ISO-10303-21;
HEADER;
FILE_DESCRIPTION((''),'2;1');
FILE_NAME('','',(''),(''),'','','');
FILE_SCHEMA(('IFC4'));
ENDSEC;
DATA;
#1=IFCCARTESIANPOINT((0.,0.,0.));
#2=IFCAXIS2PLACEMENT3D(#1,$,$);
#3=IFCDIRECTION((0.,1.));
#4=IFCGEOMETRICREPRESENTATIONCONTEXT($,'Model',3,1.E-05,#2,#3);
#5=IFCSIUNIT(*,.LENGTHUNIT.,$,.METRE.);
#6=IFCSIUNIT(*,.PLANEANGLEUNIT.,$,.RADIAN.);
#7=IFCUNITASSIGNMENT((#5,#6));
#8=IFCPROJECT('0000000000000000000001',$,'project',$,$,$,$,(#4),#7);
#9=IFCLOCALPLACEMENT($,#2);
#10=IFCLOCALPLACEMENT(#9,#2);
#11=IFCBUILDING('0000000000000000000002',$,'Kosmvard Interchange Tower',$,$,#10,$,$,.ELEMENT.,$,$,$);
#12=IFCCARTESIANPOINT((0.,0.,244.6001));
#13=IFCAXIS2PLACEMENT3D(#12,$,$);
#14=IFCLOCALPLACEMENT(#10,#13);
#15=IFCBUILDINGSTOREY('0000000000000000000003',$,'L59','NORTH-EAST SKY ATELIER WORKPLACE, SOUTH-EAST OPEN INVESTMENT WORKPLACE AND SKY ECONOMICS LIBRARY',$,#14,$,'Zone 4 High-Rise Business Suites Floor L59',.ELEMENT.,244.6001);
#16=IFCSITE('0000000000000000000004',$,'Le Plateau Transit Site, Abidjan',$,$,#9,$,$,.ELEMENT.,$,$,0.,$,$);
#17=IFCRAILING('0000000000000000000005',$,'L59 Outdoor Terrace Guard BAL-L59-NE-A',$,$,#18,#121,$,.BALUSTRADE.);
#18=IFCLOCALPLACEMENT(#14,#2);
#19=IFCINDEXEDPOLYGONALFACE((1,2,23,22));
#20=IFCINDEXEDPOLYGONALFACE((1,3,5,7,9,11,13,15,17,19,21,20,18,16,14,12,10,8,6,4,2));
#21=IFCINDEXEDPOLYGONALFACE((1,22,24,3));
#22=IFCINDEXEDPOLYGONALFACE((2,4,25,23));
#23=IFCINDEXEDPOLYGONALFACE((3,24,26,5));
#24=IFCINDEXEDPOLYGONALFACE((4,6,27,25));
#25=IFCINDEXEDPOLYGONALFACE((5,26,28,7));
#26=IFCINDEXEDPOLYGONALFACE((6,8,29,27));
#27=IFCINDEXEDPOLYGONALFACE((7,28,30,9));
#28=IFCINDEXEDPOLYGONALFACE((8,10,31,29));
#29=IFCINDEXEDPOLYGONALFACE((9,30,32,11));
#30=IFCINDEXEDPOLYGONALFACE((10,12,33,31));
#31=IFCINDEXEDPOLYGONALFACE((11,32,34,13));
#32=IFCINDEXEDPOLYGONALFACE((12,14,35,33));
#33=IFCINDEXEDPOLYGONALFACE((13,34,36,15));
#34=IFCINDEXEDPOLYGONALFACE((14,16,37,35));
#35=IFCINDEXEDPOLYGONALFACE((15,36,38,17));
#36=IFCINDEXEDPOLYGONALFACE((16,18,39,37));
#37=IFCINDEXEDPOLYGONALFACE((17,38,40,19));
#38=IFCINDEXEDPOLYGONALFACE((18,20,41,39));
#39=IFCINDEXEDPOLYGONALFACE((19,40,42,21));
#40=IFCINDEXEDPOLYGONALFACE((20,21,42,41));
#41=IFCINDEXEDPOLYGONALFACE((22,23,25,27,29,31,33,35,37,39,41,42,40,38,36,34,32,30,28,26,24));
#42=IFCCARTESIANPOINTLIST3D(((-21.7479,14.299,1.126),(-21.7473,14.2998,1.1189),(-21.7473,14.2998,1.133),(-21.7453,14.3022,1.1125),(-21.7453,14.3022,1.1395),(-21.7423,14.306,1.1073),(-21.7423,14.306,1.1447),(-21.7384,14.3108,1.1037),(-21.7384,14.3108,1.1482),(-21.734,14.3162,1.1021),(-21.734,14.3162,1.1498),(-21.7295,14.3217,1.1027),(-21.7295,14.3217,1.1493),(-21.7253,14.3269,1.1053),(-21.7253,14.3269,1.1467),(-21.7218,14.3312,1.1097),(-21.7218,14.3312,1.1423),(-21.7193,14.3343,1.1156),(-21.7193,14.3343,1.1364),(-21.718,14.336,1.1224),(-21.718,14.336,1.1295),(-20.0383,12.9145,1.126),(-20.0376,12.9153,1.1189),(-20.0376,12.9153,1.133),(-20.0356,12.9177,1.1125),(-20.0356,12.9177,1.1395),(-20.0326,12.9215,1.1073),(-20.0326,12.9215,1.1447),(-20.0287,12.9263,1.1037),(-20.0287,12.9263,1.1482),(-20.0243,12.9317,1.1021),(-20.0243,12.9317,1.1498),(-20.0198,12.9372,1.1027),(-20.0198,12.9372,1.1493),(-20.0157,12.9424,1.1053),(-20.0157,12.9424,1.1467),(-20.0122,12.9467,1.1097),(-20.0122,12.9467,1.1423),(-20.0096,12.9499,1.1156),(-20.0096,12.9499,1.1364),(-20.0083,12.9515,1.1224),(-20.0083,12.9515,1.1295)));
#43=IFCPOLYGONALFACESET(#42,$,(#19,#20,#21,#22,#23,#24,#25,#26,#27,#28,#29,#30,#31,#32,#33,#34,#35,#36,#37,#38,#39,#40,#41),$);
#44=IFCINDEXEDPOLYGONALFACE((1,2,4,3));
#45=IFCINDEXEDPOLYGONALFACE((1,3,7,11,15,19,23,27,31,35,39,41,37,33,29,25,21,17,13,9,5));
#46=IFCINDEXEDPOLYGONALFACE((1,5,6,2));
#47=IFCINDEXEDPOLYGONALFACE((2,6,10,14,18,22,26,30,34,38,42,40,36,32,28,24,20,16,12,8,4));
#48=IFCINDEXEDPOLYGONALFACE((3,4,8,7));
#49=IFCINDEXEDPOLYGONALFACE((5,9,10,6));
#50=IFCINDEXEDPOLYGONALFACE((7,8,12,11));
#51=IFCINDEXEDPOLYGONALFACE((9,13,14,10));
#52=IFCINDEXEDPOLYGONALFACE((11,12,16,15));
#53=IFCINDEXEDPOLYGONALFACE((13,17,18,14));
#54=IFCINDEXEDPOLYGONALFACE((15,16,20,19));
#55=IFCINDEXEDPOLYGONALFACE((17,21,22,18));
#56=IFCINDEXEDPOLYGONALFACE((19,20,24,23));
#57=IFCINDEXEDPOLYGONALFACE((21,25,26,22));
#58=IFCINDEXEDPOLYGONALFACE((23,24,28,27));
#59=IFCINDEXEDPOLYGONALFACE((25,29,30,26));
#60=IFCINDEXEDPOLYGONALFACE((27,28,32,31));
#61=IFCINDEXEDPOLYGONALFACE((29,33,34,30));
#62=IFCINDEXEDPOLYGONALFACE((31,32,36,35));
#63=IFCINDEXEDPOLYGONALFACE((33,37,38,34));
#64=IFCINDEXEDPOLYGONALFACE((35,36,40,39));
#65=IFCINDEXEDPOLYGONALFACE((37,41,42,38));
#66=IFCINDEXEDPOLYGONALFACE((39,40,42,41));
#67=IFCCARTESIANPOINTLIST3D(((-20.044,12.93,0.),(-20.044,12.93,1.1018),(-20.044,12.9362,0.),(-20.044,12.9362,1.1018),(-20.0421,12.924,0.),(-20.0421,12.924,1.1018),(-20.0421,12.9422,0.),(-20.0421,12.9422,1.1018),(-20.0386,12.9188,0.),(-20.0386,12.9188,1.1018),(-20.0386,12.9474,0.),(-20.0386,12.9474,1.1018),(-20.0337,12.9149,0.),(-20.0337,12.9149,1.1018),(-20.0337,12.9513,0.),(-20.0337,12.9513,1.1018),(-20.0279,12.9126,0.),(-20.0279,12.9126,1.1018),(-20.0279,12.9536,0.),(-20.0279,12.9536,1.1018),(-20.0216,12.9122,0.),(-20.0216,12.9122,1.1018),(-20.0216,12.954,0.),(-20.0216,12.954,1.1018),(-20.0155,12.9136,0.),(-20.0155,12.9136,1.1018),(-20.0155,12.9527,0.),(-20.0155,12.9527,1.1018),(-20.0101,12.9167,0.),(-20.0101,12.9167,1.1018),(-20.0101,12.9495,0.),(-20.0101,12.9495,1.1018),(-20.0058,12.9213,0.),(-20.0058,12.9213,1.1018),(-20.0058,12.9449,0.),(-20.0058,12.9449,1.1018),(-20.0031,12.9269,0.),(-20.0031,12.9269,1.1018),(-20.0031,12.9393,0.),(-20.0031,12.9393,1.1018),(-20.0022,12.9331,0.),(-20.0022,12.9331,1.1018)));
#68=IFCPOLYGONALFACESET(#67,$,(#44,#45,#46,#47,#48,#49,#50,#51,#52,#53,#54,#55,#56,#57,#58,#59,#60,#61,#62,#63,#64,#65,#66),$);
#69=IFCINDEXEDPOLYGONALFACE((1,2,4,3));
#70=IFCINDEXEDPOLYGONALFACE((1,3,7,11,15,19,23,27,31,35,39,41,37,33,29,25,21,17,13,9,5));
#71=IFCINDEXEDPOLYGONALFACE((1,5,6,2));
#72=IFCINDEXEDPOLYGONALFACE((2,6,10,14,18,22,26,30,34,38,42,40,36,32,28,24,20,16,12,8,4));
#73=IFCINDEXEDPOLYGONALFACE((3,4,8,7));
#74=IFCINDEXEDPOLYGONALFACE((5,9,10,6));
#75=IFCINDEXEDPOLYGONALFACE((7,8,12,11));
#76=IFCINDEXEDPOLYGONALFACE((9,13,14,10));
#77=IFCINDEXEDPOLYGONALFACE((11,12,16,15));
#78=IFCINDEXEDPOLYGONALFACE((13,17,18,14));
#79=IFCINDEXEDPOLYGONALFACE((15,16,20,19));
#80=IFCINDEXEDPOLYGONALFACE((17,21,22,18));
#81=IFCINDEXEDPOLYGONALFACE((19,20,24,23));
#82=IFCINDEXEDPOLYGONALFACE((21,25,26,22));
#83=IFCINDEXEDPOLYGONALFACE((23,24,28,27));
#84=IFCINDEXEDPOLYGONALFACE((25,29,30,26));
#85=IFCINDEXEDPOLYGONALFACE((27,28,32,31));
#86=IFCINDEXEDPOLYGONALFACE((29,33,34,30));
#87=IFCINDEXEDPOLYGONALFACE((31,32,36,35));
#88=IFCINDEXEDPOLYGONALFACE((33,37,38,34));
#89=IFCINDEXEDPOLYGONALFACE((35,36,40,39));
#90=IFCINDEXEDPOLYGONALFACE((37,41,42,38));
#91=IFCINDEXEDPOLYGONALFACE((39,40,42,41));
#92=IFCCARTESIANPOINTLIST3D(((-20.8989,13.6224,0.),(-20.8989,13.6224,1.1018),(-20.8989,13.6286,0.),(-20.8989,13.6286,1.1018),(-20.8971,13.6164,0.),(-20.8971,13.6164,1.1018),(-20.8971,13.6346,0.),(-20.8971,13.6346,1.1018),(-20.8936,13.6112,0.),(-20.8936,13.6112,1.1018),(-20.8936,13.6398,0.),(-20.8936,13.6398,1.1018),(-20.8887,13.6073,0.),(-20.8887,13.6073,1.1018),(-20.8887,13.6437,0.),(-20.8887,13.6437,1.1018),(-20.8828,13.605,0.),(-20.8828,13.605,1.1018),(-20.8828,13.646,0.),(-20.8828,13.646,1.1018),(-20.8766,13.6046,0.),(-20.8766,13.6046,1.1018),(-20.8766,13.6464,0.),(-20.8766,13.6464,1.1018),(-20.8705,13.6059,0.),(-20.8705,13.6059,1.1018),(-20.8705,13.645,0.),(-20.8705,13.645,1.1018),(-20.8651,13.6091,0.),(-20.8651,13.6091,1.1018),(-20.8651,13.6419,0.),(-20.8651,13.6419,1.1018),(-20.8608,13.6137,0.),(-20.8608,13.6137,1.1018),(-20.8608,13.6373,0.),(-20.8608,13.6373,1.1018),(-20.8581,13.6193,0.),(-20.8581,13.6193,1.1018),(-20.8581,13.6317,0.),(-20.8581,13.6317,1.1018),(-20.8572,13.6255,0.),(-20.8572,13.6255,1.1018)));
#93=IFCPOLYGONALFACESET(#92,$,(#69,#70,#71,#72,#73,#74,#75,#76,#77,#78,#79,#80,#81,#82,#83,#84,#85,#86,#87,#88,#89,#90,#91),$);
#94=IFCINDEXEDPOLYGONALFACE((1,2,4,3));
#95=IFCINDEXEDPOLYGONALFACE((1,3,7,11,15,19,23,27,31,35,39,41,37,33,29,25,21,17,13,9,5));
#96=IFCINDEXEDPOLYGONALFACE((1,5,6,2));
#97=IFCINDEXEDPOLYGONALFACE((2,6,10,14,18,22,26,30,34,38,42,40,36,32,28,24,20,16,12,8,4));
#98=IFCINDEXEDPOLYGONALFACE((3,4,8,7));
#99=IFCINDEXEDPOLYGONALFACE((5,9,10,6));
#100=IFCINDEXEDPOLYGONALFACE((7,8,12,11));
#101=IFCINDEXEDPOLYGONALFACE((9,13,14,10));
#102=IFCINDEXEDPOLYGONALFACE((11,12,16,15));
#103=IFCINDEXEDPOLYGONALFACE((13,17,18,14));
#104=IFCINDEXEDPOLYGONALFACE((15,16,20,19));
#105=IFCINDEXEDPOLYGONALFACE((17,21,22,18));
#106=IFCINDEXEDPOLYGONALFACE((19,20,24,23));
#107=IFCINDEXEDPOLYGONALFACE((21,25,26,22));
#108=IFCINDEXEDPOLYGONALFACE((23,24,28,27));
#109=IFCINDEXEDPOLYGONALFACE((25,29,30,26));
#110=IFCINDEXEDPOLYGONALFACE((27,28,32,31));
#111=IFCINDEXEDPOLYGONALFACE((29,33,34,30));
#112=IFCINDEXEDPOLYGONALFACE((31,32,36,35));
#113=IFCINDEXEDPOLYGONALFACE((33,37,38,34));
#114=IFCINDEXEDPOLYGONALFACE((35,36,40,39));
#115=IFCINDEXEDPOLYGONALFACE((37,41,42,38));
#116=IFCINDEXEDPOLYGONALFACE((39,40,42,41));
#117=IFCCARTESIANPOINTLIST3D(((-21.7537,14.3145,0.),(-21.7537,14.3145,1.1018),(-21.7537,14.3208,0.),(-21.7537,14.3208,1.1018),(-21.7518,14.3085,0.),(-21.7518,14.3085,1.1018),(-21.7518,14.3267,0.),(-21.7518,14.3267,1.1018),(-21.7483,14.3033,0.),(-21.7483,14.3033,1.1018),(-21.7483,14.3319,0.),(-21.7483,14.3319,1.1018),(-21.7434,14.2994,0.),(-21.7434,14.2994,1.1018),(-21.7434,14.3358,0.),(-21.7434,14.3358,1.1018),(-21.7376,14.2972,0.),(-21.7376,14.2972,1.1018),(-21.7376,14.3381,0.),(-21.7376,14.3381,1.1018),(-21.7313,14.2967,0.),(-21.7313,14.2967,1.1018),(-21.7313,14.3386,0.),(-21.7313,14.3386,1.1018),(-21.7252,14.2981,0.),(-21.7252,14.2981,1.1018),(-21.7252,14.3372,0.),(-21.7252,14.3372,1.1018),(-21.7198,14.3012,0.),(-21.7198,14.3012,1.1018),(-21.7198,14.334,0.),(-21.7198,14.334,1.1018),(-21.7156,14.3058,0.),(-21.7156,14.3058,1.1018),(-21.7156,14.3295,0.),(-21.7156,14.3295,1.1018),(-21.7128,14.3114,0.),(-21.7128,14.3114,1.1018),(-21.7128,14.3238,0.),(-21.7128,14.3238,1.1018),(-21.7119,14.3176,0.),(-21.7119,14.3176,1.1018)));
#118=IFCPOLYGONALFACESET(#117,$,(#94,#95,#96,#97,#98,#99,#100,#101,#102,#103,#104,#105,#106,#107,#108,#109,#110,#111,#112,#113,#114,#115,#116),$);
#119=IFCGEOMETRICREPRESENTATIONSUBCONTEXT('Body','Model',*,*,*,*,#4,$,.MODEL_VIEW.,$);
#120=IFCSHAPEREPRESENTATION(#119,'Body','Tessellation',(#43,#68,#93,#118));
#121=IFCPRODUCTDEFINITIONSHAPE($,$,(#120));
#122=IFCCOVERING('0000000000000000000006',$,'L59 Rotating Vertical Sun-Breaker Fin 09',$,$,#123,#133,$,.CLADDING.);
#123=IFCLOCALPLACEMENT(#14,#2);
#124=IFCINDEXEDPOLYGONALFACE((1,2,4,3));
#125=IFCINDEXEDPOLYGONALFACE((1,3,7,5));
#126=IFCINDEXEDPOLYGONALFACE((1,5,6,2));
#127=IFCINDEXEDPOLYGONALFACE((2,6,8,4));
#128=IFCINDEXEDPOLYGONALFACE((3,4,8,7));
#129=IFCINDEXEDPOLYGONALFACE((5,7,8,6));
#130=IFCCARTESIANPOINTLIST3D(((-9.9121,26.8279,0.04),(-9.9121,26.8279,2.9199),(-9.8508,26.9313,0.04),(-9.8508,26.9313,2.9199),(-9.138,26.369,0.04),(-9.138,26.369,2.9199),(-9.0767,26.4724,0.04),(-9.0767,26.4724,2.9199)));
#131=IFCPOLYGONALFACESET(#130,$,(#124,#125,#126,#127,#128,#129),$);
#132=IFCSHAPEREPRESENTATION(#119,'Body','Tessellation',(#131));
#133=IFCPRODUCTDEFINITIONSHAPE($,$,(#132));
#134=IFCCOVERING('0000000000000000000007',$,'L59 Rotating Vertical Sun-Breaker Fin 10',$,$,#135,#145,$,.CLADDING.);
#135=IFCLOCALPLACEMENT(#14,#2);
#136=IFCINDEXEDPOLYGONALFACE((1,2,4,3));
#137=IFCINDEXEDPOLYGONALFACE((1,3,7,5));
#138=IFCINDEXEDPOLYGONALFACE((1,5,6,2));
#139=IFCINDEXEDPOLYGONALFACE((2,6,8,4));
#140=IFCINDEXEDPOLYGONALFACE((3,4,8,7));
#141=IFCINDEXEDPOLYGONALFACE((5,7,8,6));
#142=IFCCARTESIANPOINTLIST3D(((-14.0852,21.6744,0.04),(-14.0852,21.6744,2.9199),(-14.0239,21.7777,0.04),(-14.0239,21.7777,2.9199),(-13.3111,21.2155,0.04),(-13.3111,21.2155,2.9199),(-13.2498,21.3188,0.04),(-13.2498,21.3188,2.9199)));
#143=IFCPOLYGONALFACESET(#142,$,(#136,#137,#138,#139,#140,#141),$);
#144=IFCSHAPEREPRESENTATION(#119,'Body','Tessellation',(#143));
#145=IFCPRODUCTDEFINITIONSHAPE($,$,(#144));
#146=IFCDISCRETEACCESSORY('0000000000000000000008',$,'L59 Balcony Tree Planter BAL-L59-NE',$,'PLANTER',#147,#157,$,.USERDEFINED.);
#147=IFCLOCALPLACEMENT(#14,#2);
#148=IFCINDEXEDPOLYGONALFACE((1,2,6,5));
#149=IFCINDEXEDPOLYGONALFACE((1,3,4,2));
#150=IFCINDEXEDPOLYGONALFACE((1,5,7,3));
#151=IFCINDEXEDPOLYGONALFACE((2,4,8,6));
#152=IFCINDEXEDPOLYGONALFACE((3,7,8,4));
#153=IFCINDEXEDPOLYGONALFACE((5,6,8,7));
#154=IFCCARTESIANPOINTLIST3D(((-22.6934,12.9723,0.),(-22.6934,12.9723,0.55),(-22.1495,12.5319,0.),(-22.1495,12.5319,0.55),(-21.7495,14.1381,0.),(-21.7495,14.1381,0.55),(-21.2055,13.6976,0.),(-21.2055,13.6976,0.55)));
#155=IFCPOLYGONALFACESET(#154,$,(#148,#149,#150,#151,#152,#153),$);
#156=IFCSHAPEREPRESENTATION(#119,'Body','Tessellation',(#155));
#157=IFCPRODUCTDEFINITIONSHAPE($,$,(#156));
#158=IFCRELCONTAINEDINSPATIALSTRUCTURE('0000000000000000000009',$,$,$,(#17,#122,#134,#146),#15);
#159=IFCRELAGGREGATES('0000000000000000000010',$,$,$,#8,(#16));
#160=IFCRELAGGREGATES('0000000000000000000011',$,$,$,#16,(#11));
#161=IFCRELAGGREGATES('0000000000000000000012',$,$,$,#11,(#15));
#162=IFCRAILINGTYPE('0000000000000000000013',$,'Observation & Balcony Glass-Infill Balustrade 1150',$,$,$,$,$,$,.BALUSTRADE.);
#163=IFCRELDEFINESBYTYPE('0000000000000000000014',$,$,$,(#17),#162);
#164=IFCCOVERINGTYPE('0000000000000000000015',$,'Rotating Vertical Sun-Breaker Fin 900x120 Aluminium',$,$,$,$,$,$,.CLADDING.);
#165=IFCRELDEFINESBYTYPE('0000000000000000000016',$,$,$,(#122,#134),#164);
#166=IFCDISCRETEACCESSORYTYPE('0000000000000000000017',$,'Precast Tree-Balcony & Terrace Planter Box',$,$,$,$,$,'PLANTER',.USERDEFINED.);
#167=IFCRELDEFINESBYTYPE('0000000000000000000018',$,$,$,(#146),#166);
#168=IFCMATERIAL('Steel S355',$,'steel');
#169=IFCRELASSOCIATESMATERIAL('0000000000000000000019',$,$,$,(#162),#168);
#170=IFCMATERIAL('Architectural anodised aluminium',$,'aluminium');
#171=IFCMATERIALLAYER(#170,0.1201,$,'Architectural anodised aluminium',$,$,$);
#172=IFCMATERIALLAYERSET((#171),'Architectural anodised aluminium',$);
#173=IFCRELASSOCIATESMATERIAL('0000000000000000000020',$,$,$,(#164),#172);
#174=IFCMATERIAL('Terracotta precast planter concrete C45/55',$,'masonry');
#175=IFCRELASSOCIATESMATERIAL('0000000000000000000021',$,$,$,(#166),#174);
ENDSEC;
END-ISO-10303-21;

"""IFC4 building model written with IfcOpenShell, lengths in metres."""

from ifc_helpers import new_model, si_unit, direction, frame, origin, origin_2d, place, context, subcontext, project, spatial, rectangle, circle, extrude, source, transform, mapped, material, layer, layer_set, type_object, element, save


model = new_model("IFC4")

# Units and contexts
model_context = context("Model", 3, precision=1e-05, world=origin(), true_north=direction((0.0, 1.0)))
body_context = subcontext(model_context, "Body", "Model", "MODEL_VIEW")
ifc_project = project(units=[si_unit("LENGTHUNIT", "METRE"), si_unit("PLANEANGLEUNIT", "RADIAN")], contexts=[model_context])

# Site, building, storey
site_placement = place(None, origin())
site = spatial("IfcSite", under=ifc_project, at=site_placement, Name="Le Plateau Transit Site, Abidjan", CompositionType="ELEMENT", RefElevation=0.0)
building_placement = place(site_placement, origin())
building = spatial("IfcBuilding", under=site, at=building_placement, Name="Kosmvard Interchange Tower", CompositionType="ELEMENT")
storey_placement = place(building_placement, frame((0.0, 0.0, 244.6001)))
storey = spatial("IfcBuildingStorey", under=building, at=storey_placement, Name="L59", Description="NORTH-EAST SKY ATELIER WORKPLACE, SOUTH-EAST OPEN INVESTMENT WORKPLACE AND SKY ECONOMICS LIBRARY", LongName="Zone 4 High-Rise Business Suites Floor L59", CompositionType="ELEMENT", Elevation=244.6001)

# Shared definitions
ifc_material_1 = material(Name="Steel S355", Category="steel")

# Railing
railing_type = type_object("IfcRailingType", Name="Observation & Balcony Glass-Infill Balustrade 1150", PredefinedType="BALUSTRADE", material=ifc_material_1)
shared_shape_1 = source(origin(), body_context, "Body", "SweptSolid", [
    extrude(circle(Radius=0.0239, at=origin_2d()), frame((0.0, 0.0, 1.126), z_axis=(-0.777141, 0.629326, 0.0), x_axis=(-0.629326, -0.777141, 0.0)), (0.0, 0.0, 1.0), 2.2),
    extrude(circle(Radius=0.021, at=origin_2d()), origin(), (0.0, 0.0, 1.0), 1.1018),
    extrude(circle(Radius=0.021, at=origin_2d()), frame((-0.855, 0.6924, 0.0)), (0.0, 0.0, 1.0), 1.1018),
    extrude(circle(Radius=0.021, at=origin_2d()), frame((-1.7097, 1.3845, 0.0)), (0.0, 0.0, 1.0), 1.1018),
])
railing_1_placement = place(storey_placement, frame((-20.0232, 12.9331, 0.0)))
element("IfcRailing", 1, at=railing_1_placement, inside=storey, type_object=railing_type, Name="L59 Outdoor Terrace Guard BAL-L59-NE-A", PredefinedType="BALUSTRADE", context=body_context, shape_type="MappedRepresentation", body=[
    mapped(shared_shape_1, transform((0.0, 0.0, 0.0), scale=1.0)),
])

# Coverings
ifc_material_2 = material(Name="Architectural anodised aluminium", Category="aluminium")
ifc_layer_1 = layer(ifc_material_2, 0.1201, Name="Architectural anodised aluminium")
ifc_layer_set_1 = layer_set([ifc_layer_1], Name="Architectural anodised aluminium")
covering_type = type_object("IfcCoveringType", Name="Rotating Vertical Sun-Breaker Fin 900x120 Aluminium", PredefinedType="CLADDING", material=ifc_layer_set_1)
shared_shape_2 = source(origin(), body_context, "Body", "SweptSolid", [
    extrude(rectangle(XDim=0.8999, YDim=0.1201, at=origin_2d()), origin(), (0.0, 0.0, 1.0), 2.8799),
])
for number, where, z_axis, x_axis, name in (
    (2, (-9.4944, 26.6501, 0.04), (0.0, 0.0, 1.0), (-0.860208, 0.509943, 0.0), "L59 Rotating Vertical Sun-Breaker Fin 09"),
    (3, (-13.6675, 21.4966, 0.04), (0.0, 0.0, 1.0), (-0.860208, 0.509943, 0.0), "L59 Rotating Vertical Sun-Breaker Fin 10"),
):
    element("IfcCovering", number, at=place(storey_placement, frame(where, z_axis=z_axis, x_axis=x_axis)), inside=storey, type_object=covering_type, Name=name, PredefinedType="CLADDING", context=body_context, shape_type="MappedRepresentation", body=[
        mapped(shared_shape_2, transform((0.0, 0.0, 0.0), scale=1.0)),
    ])

# Discrete accessory
ifc_material_3 = material(Name="Terracotta precast planter concrete C45/55", Category="masonry")
discrete_accessory_type = type_object("IfcDiscreteAccessoryType", Name="Precast Tree-Balcony & Terrace Planter Box", ElementType="PLANTER", PredefinedType="USERDEFINED", material=ifc_material_3)
shared_shape_3 = source(origin(), body_context, "Body", "SweptSolid", [
    extrude(rectangle(XDim=1.5, YDim=0.7, at=origin_2d()), origin(), (0.0, 0.0, 1.0), 0.55),
])
discrete_accessory_placement = place(storey_placement, frame((-21.9495, 13.335, 0.0), z_axis=(0.0, 0.0, 1.0), x_axis=(0.62932, 0.777146, 0.0)))
element("IfcDiscreteAccessory", 4, at=discrete_accessory_placement, inside=storey, type_object=discrete_accessory_type, Name="L59 Balcony Tree Planter BAL-L59-NE", ObjectType="PLANTER", PredefinedType="USERDEFINED", context=body_context, shape_type="MappedRepresentation", body=[
    mapped(shared_shape_3, transform((0.0, 0.0, 0.0), scale=1.0)),
])

save(model, "model.ifc")
